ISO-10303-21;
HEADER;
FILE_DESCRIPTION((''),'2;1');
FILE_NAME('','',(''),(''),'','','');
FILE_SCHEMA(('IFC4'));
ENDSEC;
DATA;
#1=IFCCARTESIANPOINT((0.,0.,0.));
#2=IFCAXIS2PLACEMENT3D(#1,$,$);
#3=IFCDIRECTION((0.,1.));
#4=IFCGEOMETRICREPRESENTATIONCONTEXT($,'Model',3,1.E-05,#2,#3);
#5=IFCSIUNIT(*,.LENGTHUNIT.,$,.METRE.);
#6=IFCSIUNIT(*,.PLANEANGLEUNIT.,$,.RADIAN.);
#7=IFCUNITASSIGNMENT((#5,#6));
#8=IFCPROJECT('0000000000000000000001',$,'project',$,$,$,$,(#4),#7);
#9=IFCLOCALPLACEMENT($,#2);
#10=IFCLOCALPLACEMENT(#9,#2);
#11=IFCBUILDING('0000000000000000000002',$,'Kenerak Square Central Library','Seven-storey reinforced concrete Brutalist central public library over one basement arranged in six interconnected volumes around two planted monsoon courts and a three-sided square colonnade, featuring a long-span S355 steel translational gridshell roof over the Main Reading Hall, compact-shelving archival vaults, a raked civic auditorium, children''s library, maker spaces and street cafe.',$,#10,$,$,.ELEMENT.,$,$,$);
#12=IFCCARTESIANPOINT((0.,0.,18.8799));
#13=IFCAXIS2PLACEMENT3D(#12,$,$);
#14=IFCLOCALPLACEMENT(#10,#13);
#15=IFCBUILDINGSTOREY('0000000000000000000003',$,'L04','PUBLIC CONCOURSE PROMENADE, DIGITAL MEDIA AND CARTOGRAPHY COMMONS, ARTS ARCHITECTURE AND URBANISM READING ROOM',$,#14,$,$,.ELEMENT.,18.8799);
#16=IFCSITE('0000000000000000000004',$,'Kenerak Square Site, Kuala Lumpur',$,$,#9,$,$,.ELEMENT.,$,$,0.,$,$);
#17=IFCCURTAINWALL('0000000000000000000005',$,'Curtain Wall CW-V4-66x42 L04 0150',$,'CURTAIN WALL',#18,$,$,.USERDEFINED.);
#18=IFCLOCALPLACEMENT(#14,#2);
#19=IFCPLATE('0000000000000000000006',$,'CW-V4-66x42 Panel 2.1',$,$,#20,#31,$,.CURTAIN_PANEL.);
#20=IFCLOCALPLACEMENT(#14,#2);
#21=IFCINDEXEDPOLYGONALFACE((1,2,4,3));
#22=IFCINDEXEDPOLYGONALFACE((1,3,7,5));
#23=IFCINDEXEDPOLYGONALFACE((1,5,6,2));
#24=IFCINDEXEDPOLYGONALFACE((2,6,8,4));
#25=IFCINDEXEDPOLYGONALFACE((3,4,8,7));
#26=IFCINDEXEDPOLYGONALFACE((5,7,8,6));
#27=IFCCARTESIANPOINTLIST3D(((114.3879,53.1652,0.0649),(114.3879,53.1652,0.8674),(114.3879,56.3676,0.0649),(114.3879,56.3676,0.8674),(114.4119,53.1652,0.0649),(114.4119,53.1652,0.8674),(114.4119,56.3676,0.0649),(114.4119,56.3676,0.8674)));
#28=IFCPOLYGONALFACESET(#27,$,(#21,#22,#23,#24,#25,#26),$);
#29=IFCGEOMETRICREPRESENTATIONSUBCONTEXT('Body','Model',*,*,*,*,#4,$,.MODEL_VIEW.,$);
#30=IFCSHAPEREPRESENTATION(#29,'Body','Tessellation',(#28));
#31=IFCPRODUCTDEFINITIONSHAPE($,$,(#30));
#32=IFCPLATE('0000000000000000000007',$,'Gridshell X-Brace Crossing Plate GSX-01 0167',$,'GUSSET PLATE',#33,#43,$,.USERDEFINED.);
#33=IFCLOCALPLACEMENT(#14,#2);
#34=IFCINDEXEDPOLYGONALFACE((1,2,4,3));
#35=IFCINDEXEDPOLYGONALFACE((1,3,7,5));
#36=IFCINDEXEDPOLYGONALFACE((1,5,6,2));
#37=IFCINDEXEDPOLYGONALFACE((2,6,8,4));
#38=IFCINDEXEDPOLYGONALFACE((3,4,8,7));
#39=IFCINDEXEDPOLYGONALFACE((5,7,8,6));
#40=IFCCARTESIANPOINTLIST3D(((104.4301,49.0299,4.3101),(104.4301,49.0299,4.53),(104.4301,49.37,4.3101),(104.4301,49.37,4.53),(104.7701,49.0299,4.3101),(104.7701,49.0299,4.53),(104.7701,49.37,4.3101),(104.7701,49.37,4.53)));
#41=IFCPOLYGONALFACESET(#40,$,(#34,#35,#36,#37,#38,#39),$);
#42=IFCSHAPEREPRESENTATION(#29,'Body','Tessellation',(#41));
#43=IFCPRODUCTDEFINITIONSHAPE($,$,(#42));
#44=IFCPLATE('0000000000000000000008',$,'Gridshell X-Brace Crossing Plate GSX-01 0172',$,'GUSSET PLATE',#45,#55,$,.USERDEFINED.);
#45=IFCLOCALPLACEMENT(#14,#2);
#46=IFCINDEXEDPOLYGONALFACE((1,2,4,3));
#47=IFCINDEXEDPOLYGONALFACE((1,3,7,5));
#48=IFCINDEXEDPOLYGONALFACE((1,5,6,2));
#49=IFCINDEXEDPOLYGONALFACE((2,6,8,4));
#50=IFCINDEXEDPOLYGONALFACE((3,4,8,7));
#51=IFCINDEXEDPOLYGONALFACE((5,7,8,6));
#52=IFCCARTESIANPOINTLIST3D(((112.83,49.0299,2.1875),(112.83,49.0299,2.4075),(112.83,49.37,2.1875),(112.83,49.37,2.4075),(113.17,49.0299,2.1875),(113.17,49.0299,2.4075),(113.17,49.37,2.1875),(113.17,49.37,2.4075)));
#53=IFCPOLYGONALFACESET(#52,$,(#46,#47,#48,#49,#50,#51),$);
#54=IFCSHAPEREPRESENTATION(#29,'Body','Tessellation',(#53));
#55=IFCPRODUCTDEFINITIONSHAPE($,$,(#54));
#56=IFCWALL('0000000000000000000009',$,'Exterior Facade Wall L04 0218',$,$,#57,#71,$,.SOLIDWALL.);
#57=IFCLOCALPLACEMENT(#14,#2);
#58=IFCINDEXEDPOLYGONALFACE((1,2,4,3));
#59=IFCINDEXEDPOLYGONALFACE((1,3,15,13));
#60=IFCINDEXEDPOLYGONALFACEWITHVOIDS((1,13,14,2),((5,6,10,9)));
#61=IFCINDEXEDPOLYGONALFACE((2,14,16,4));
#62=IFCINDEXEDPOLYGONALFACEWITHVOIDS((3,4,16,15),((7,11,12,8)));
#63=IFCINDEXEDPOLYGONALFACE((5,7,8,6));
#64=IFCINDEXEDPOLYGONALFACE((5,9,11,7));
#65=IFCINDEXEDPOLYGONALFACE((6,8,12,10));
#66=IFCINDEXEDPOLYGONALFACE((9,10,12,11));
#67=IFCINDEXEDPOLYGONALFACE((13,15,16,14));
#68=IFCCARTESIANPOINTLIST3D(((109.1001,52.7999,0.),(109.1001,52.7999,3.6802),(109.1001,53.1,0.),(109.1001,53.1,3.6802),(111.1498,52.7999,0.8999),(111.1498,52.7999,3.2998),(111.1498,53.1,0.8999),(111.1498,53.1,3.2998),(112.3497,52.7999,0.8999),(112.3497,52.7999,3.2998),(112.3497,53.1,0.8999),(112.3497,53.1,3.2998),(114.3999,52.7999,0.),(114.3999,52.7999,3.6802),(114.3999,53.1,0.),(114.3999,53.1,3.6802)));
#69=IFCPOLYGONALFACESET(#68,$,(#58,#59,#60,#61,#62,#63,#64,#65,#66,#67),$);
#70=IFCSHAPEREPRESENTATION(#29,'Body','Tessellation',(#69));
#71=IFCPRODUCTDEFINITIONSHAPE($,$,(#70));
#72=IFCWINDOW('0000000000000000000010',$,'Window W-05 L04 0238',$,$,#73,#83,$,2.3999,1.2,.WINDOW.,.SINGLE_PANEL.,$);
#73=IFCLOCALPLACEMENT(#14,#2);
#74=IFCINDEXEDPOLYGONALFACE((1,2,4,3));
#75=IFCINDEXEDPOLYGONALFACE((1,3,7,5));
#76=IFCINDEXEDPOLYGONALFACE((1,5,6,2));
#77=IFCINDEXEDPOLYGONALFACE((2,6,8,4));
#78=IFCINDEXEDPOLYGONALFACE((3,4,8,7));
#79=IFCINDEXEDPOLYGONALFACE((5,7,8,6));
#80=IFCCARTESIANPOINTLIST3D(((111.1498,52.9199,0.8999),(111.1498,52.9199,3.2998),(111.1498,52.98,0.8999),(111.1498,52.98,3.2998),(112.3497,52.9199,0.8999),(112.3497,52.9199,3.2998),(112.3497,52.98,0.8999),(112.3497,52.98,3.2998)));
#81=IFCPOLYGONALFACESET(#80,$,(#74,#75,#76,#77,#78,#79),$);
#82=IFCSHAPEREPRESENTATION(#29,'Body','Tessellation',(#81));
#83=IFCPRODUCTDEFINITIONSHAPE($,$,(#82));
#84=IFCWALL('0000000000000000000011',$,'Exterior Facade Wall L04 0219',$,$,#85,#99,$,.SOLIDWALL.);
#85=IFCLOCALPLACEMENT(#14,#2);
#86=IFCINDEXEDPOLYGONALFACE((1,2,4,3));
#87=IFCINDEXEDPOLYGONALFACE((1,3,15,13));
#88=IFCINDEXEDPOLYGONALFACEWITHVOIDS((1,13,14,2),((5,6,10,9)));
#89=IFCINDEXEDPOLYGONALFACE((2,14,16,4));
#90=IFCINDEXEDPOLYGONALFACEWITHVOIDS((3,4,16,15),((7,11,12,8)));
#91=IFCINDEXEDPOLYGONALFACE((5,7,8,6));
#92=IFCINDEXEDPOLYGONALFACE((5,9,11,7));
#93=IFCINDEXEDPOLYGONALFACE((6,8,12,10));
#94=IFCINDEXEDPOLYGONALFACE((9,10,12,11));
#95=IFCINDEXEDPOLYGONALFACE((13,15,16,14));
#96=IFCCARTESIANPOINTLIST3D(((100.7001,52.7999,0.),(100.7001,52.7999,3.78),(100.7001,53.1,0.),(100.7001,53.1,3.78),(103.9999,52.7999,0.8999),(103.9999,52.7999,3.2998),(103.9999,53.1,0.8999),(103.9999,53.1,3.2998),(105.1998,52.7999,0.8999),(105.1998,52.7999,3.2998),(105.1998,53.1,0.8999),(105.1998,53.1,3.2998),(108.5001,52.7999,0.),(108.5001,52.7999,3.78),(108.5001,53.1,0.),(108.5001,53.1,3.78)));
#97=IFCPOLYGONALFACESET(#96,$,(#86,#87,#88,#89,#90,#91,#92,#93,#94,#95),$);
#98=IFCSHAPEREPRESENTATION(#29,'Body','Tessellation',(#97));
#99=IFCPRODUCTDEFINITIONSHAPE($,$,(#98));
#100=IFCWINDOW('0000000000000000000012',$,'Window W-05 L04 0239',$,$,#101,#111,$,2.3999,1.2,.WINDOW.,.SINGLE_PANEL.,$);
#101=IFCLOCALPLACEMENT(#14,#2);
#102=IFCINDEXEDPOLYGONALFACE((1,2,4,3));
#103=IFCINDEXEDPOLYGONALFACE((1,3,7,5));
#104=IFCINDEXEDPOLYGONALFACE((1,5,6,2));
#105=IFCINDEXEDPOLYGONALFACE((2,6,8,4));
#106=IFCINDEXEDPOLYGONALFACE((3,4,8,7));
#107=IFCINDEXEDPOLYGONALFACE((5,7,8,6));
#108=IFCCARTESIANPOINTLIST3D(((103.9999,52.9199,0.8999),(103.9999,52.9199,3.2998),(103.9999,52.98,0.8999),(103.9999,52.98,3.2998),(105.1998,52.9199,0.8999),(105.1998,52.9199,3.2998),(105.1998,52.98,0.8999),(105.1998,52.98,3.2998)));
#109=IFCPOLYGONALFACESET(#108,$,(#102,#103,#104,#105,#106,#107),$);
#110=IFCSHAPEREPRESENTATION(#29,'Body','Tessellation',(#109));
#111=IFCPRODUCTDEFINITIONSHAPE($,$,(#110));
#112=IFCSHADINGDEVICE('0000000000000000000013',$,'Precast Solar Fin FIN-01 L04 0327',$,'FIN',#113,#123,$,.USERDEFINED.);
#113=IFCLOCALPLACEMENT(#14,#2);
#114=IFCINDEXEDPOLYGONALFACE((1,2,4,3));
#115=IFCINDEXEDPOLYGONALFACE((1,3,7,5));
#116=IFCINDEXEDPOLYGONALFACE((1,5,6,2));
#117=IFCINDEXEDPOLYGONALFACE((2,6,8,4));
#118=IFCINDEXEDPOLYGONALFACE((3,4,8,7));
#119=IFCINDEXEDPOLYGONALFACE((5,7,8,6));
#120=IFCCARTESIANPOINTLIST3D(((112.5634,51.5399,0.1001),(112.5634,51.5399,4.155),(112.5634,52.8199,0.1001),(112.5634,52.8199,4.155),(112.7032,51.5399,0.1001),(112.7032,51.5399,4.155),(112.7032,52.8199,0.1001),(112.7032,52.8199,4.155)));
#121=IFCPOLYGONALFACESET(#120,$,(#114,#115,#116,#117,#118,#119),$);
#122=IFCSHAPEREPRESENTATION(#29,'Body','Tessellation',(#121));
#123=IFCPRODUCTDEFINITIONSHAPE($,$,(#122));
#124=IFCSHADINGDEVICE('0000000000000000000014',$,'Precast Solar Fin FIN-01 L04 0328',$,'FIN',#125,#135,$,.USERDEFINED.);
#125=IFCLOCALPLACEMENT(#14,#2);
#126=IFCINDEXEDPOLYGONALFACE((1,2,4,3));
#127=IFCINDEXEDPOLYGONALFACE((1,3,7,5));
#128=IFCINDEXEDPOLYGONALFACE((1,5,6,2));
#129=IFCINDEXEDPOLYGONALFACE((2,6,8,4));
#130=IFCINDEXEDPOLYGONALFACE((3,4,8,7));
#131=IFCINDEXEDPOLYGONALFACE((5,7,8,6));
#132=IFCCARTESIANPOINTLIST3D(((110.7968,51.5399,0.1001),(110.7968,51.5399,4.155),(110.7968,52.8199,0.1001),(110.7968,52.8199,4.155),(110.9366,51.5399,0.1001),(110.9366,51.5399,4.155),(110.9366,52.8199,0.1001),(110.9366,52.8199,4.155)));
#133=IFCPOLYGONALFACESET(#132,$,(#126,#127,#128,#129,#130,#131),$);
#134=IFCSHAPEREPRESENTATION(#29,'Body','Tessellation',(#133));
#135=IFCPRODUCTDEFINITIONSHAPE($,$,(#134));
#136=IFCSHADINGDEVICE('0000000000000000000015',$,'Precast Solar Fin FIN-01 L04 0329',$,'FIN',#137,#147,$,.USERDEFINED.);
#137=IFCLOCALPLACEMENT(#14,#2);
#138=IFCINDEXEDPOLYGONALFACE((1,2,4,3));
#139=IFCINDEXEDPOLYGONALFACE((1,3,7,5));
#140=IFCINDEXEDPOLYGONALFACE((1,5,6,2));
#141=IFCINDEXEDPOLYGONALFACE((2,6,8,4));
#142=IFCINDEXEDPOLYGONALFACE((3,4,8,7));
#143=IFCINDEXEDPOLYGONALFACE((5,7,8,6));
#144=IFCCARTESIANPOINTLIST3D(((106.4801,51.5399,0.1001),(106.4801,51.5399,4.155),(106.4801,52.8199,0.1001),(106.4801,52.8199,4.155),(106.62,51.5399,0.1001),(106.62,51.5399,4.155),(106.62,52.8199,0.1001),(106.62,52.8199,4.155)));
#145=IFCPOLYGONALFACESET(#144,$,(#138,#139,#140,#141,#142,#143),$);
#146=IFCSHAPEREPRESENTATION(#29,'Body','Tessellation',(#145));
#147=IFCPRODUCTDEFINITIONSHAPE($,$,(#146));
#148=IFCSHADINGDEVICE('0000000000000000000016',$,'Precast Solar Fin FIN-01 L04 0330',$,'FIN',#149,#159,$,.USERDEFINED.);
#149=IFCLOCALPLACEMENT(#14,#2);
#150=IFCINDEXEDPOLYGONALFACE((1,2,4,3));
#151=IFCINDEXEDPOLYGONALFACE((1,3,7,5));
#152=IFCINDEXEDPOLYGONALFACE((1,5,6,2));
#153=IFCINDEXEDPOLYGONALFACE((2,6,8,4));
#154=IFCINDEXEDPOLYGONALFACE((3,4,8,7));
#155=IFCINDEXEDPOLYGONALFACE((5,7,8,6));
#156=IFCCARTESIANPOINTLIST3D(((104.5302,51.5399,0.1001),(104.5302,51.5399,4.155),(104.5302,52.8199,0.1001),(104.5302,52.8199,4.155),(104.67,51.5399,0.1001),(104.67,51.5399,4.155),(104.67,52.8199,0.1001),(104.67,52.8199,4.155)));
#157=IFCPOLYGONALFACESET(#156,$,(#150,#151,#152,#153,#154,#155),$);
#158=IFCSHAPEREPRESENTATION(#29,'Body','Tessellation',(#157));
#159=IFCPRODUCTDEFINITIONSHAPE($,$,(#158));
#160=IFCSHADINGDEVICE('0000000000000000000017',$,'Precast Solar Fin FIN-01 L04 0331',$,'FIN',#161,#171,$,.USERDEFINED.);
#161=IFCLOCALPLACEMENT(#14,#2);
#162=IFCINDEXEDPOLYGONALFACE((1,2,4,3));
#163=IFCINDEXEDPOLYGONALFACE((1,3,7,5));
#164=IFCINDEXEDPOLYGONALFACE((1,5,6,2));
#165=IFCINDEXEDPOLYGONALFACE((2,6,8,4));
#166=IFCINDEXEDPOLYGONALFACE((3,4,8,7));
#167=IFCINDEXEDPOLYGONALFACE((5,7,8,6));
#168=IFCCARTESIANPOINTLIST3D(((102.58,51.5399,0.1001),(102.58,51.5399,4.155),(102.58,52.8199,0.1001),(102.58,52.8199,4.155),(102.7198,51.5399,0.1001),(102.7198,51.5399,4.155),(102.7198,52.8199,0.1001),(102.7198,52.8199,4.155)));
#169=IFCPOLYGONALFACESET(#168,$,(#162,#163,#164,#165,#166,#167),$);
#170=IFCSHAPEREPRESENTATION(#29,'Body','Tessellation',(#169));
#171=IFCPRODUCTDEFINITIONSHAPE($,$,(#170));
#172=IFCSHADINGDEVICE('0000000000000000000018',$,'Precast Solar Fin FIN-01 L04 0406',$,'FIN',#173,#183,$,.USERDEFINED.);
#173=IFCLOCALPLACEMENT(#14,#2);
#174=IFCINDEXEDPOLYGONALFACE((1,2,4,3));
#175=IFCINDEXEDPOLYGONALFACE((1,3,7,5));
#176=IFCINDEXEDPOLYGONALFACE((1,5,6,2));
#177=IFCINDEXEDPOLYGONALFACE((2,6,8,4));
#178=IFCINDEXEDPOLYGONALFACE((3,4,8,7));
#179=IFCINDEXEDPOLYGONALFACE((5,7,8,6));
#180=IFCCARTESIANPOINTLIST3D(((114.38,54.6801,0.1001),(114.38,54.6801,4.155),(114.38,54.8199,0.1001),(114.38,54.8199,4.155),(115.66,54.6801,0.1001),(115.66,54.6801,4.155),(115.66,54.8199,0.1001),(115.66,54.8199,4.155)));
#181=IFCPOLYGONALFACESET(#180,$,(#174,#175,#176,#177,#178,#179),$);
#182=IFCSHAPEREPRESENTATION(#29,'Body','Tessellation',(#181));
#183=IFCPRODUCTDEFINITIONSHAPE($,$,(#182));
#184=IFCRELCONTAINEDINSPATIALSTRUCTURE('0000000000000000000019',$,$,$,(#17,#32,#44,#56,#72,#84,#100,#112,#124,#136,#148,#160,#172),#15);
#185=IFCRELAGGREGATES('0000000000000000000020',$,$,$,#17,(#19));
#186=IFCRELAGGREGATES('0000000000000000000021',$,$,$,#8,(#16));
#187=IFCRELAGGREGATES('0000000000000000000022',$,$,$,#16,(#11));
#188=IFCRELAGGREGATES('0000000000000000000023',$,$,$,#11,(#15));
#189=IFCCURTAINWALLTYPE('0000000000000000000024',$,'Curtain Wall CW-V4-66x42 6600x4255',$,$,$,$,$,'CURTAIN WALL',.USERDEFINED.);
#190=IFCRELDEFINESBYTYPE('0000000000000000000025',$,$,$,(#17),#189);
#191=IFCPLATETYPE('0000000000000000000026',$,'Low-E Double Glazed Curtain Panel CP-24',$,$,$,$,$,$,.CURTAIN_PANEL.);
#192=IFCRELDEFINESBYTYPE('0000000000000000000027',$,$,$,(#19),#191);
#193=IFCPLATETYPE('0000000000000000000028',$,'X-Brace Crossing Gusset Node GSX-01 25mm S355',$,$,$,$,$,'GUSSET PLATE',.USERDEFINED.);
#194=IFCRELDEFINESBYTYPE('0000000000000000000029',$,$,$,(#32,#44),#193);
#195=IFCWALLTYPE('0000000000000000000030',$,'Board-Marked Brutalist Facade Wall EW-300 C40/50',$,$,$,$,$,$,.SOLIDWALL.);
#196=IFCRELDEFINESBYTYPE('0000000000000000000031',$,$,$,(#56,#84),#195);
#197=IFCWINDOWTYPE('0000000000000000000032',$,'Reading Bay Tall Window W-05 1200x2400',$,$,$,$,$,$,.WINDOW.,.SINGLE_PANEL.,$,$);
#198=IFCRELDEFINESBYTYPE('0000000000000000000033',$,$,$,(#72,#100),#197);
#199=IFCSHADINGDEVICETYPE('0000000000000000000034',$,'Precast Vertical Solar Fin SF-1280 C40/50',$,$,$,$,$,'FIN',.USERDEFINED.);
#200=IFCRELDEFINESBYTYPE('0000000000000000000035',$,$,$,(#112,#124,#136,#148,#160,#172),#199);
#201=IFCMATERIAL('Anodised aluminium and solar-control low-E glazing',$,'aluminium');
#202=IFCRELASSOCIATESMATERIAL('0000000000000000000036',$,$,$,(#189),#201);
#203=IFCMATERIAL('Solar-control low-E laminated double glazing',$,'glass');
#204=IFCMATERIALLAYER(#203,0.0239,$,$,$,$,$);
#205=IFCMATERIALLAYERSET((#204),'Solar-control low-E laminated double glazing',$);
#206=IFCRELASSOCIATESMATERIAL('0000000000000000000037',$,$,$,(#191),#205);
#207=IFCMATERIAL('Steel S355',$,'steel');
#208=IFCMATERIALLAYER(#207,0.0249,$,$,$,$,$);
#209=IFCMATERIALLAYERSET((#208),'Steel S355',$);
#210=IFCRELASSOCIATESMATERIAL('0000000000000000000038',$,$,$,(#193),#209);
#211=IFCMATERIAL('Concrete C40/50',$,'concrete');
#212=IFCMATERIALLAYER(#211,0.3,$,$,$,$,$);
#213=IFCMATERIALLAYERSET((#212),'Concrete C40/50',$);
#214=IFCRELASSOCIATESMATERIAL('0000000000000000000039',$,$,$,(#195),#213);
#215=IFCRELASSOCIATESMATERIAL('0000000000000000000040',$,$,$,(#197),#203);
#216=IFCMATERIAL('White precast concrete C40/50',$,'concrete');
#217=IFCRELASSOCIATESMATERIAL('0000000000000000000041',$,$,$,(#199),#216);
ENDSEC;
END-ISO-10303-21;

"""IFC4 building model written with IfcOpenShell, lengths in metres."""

from ifc_helpers import new_model, si_unit, direction, frame, frame_2d, origin, origin_2d, place, context, subcontext, project, spatial, rectangle, extrude, material, layer, layer_set, type_object, element, fill, aggregate, save


model = new_model("IFC4")

# Units and contexts
model_context = context("Model", 3, precision=1e-05, world=origin(), true_north=direction((0.0, 1.0)))
body_context = subcontext(model_context, "Body", "Model", "MODEL_VIEW")
ifc_project = project(units=[si_unit("LENGTHUNIT", "METRE"), si_unit("PLANEANGLEUNIT", "RADIAN")], contexts=[model_context])

# Site, building, storey
site_placement = place(None, origin())
site = spatial("IfcSite", under=ifc_project, at=site_placement, Name="Kenerak Square Site, Kuala Lumpur", CompositionType="ELEMENT", RefElevation=0.0)
building_placement = place(site_placement, origin())
building = spatial("IfcBuilding", under=site, at=building_placement, Name="Kenerak Square Central Library", Description="Seven-storey reinforced concrete Brutalist central public library over one basement arranged in six interconnected volumes around two planted monsoon courts and a three-sided square colonnade, featuring a long-span S355 steel translational gridshell roof over the Main Reading Hall, compact-shelving archival vaults, a raked civic auditorium, children's library, maker spaces and street cafe.", CompositionType="ELEMENT")
storey_placement = place(building_placement, frame((0.0, 0.0, 18.8799)))
storey = spatial("IfcBuildingStorey", under=building, at=storey_placement, Name="L04", Description="PUBLIC CONCOURSE PROMENADE, DIGITAL MEDIA AND CARTOGRAPHY COMMONS, ARTS ARCHITECTURE AND URBANISM READING ROOM", CompositionType="ELEMENT", Elevation=18.8799)

# Shared definitions
ifc_material_1 = material(Name="Concrete C40/50", Category="concrete")

# Curtain wall
ifc_material_2 = material(Name="Anodised aluminium and solar-control low-E glazing", Category="aluminium")
curtain_wall_type = type_object("IfcCurtainWallType", Name="Curtain Wall CW-V4-66x42 6600x4255", ElementType="CURTAIN WALL", PredefinedType="USERDEFINED", material=ifc_material_2)
curtain_wall_placement = place(storey_placement, origin())
curtain_wall = element("IfcCurtainWall", 1, at=curtain_wall_placement, inside=storey, type_object=curtain_wall_type, Name="Curtain Wall CW-V4-66x42 L04 0150", ObjectType="CURTAIN WALL", PredefinedType="USERDEFINED")

# Shared definitions
ifc_material_3 = material(Name="Steel S355", Category="steel")

# Plate
ifc_material_4 = material(Name="Solar-control low-E laminated double glazing", Category="glass")
ifc_layer_1 = layer(ifc_material_4, 0.0239)
ifc_layer_set_1 = layer_set([ifc_layer_1], Name="Solar-control low-E laminated double glazing")
plate_type_1 = type_object("IfcPlateType", Name="Low-E Double Glazed Curtain Panel CP-24", PredefinedType="CURTAIN_PANEL", material=ifc_layer_set_1)
plate_placement = place(storey_placement, frame((114.3999, 54.7664, 0.0649), z_axis=(0.0, 0.0, 1.0), x_axis=(0.0, -1.0, 0.0)))
plate = element("IfcPlate", 2, at=plate_placement, type_object=plate_type_1, Name="CW-V4-66x42 Panel 2.1", PredefinedType="CURTAIN_PANEL", context=body_context, shape_type="SweptSolid", body=[
    extrude(rectangle(XDim=3.2024, YDim=0.0239, at=origin_2d()), origin(), (0.0, 0.0, 1.0), 0.8025),
])
aggregate(curtain_wall, [plate])

# Plates
ifc_layer_2 = layer(ifc_material_3, 0.0249)
ifc_layer_set_2 = layer_set([ifc_layer_2], Name="Steel S355")
plate_type_2 = type_object("IfcPlateType", Name="X-Brace Crossing Gusset Node GSX-01 25mm S355", ElementType="GUSSET PLATE", PredefinedType="USERDEFINED", material=ifc_layer_set_2)
for number, where, z_axis, x_axis, name in (
    (3, (104.6001, 49.2, 4.3101), (0.0, 0.0, 1.0), (1.0, 0.0, 0.0), "Gridshell X-Brace Crossing Plate GSX-01 0167"),
    (4, (113.0, 49.2, 2.1875), (0.0, 0.0, 1.0), (1.0, 0.0, 0.0), "Gridshell X-Brace Crossing Plate GSX-01 0172"),
):
    element("IfcPlate", number, at=place(storey_placement, frame(where, z_axis=z_axis, x_axis=x_axis)), inside=storey, type_object=plate_type_2, Name=name, ObjectType="GUSSET PLATE", PredefinedType="USERDEFINED", context=body_context, shape_type="SweptSolid", body=[
        extrude(rectangle(XDim=0.3401, YDim=0.3401, at=origin_2d()), origin(), (0.0, 0.0, 1.0), 0.22),
    ])

# Walls, openings, windows
ifc_layer_3 = layer(ifc_material_1, 0.3)
ifc_layer_set_3 = layer_set([ifc_layer_3], Name="Concrete C40/50")
wall_type = type_object("IfcWallType", Name="Board-Marked Brutalist Facade Wall EW-300 C40/50", PredefinedType="SOLIDWALL", material=ifc_layer_set_3)
wall_1_placement = place(storey_placement, frame((114.3999, 52.95, 0.0), z_axis=(0.0, 0.0, 1.0), x_axis=(-1.0, 0.0, 0.0)))
wall_1 = element("IfcWall", 5, at=wall_1_placement, inside=storey, type_object=wall_type, Name="Exterior Facade Wall L04 0218", PredefinedType="SOLIDWALL", context=body_context, shape_type="SweptSolid", body=[
    extrude(rectangle(XDim=5.2998, YDim=0.3, at=frame_2d((2.6499, 0.0))), origin(), (0.0, 0.0, 1.0), 3.6802),
])
opening_1_placement = place(wall_1_placement, frame((2.05, 0.0, 0.8999)))
opening_1 = element("IfcOpeningElement", 6, at=opening_1_placement, cuts=wall_1, PredefinedType="OPENING", context=body_context, shape_type="SweptSolid", body=[
    extrude(rectangle(XDim=1.2, YDim=2.3999, at=frame_2d((0.6001, 1.2))), frame((0.0, 0.1599, 0.0), z_axis=(0.0, -1.0, 0.0), x_axis=(1.0, 0.0, 0.0)), (0.0, 0.0, 1.0), 0.3201),
])
window_type = type_object("IfcWindowType", Name="Reading Bay Tall Window W-05 1200x2400", PartitioningType="SINGLE_PANEL", PredefinedType="WINDOW", material=ifc_material_4)
window_1_placement = place(opening_1_placement, origin())
window_1 = element("IfcWindow", 7, at=window_1_placement, inside=storey, type_object=window_type, Name="Window W-05 L04 0238", OverallHeight=2.3999, OverallWidth=1.2, PartitioningType="SINGLE_PANEL", PredefinedType="WINDOW", context=body_context, shape_type="SweptSolid", body=[
    extrude(rectangle(XDim=1.2, YDim=2.3999, at=frame_2d((0.6001, 1.2))), frame((0.0, 0.03, 0.0), z_axis=(0.0, -1.0, 0.0), x_axis=(1.0, 0.0, 0.0)), (0.0, 0.0, 1.0), 0.0601),
])
fill(opening_1, window_1)
wall_2_placement = place(storey_placement, frame((108.5, 52.95, 0.0), z_axis=(0.0, 0.0, 1.0), x_axis=(-1.0, 0.0, 0.0)))
wall_2 = element("IfcWall", 8, at=wall_2_placement, inside=storey, type_object=wall_type, Name="Exterior Facade Wall L04 0219", PredefinedType="SOLIDWALL", context=body_context, shape_type="SweptSolid", body=[
    extrude(rectangle(XDim=7.8, YDim=0.3, at=frame_2d((3.8999, 0.0))), origin(), (0.0, 0.0, 1.0), 3.78),
])
opening_2_placement = place(wall_2_placement, frame((3.3, 0.0, 0.8999)))
opening_2 = element("IfcOpeningElement", 9, at=opening_2_placement, cuts=wall_2, PredefinedType="OPENING", context=body_context, shape_type="SweptSolid", body=[
    extrude(rectangle(XDim=1.2, YDim=2.3999, at=frame_2d((0.6001, 1.2))), frame((0.0, 0.1599, 0.0), z_axis=(0.0, -1.0, 0.0), x_axis=(1.0, 0.0, 0.0)), (0.0, 0.0, 1.0), 0.3201),
])
window_2_placement = place(opening_2_placement, origin())
window_2 = element("IfcWindow", 10, at=window_2_placement, inside=storey, type_object=window_type, Name="Window W-05 L04 0239", OverallHeight=2.3999, OverallWidth=1.2, PartitioningType="SINGLE_PANEL", PredefinedType="WINDOW", context=body_context, shape_type="SweptSolid", body=[
    extrude(rectangle(XDim=1.2, YDim=2.3999, at=frame_2d((0.6001, 1.2))), frame((0.0, 0.03, 0.0), z_axis=(0.0, -1.0, 0.0), x_axis=(1.0, 0.0, 0.0)), (0.0, 0.0, 1.0), 0.0601),
])
fill(opening_2, window_2)

# Shading devices
ifc_material_5 = material(Name="White precast concrete C40/50", Category="concrete")
shading_device_type = type_object("IfcShadingDeviceType", Name="Precast Vertical Solar Fin SF-1280 C40/50", ElementType="FIN", PredefinedType="USERDEFINED", material=ifc_material_5)
for number, where, z_axis, x_axis, name in (
    (11, (112.6333, 52.1799, 0.1001), (0.0, 0.0, 1.0), (-1.0, 0.0, 0.0), "Precast Solar Fin FIN-01 L04 0327"),
    (12, (110.8667, 52.1799, 0.1001), (0.0, 0.0, 1.0), (-1.0, 0.0, 0.0), "Precast Solar Fin FIN-01 L04 0328"),
    (13, (106.55, 52.1799, 0.1001), (0.0, 0.0, 1.0), (-1.0, 0.0, 0.0), "Precast Solar Fin FIN-01 L04 0329"),
    (14, (104.6001, 52.1799, 0.1001), (0.0, 0.0, 1.0), (-1.0, 0.0, 0.0), "Precast Solar Fin FIN-01 L04 0330"),
    (15, (102.6499, 52.1799, 0.1001), (0.0, 0.0, 1.0), (-1.0, 0.0, 0.0), "Precast Solar Fin FIN-01 L04 0331"),
    (16, (115.02, 54.75, 0.1001), (0.0, 0.0, 1.0), (0.0, -1.0, 0.0), "Precast Solar Fin FIN-01 L04 0406"),
):
    element("IfcShadingDevice", number, at=place(storey_placement, frame(where, z_axis=z_axis, x_axis=x_axis)), inside=storey, type_object=shading_device_type, Name=name, ObjectType="FIN", PredefinedType="USERDEFINED", context=body_context, shape_type="SweptSolid", body=[
        extrude(rectangle(XDim=0.1399, YDim=1.28, at=origin_2d()), origin(), (0.0, 0.0, 1.0), 4.0549),
    ])

save(model, "model.ifc")
